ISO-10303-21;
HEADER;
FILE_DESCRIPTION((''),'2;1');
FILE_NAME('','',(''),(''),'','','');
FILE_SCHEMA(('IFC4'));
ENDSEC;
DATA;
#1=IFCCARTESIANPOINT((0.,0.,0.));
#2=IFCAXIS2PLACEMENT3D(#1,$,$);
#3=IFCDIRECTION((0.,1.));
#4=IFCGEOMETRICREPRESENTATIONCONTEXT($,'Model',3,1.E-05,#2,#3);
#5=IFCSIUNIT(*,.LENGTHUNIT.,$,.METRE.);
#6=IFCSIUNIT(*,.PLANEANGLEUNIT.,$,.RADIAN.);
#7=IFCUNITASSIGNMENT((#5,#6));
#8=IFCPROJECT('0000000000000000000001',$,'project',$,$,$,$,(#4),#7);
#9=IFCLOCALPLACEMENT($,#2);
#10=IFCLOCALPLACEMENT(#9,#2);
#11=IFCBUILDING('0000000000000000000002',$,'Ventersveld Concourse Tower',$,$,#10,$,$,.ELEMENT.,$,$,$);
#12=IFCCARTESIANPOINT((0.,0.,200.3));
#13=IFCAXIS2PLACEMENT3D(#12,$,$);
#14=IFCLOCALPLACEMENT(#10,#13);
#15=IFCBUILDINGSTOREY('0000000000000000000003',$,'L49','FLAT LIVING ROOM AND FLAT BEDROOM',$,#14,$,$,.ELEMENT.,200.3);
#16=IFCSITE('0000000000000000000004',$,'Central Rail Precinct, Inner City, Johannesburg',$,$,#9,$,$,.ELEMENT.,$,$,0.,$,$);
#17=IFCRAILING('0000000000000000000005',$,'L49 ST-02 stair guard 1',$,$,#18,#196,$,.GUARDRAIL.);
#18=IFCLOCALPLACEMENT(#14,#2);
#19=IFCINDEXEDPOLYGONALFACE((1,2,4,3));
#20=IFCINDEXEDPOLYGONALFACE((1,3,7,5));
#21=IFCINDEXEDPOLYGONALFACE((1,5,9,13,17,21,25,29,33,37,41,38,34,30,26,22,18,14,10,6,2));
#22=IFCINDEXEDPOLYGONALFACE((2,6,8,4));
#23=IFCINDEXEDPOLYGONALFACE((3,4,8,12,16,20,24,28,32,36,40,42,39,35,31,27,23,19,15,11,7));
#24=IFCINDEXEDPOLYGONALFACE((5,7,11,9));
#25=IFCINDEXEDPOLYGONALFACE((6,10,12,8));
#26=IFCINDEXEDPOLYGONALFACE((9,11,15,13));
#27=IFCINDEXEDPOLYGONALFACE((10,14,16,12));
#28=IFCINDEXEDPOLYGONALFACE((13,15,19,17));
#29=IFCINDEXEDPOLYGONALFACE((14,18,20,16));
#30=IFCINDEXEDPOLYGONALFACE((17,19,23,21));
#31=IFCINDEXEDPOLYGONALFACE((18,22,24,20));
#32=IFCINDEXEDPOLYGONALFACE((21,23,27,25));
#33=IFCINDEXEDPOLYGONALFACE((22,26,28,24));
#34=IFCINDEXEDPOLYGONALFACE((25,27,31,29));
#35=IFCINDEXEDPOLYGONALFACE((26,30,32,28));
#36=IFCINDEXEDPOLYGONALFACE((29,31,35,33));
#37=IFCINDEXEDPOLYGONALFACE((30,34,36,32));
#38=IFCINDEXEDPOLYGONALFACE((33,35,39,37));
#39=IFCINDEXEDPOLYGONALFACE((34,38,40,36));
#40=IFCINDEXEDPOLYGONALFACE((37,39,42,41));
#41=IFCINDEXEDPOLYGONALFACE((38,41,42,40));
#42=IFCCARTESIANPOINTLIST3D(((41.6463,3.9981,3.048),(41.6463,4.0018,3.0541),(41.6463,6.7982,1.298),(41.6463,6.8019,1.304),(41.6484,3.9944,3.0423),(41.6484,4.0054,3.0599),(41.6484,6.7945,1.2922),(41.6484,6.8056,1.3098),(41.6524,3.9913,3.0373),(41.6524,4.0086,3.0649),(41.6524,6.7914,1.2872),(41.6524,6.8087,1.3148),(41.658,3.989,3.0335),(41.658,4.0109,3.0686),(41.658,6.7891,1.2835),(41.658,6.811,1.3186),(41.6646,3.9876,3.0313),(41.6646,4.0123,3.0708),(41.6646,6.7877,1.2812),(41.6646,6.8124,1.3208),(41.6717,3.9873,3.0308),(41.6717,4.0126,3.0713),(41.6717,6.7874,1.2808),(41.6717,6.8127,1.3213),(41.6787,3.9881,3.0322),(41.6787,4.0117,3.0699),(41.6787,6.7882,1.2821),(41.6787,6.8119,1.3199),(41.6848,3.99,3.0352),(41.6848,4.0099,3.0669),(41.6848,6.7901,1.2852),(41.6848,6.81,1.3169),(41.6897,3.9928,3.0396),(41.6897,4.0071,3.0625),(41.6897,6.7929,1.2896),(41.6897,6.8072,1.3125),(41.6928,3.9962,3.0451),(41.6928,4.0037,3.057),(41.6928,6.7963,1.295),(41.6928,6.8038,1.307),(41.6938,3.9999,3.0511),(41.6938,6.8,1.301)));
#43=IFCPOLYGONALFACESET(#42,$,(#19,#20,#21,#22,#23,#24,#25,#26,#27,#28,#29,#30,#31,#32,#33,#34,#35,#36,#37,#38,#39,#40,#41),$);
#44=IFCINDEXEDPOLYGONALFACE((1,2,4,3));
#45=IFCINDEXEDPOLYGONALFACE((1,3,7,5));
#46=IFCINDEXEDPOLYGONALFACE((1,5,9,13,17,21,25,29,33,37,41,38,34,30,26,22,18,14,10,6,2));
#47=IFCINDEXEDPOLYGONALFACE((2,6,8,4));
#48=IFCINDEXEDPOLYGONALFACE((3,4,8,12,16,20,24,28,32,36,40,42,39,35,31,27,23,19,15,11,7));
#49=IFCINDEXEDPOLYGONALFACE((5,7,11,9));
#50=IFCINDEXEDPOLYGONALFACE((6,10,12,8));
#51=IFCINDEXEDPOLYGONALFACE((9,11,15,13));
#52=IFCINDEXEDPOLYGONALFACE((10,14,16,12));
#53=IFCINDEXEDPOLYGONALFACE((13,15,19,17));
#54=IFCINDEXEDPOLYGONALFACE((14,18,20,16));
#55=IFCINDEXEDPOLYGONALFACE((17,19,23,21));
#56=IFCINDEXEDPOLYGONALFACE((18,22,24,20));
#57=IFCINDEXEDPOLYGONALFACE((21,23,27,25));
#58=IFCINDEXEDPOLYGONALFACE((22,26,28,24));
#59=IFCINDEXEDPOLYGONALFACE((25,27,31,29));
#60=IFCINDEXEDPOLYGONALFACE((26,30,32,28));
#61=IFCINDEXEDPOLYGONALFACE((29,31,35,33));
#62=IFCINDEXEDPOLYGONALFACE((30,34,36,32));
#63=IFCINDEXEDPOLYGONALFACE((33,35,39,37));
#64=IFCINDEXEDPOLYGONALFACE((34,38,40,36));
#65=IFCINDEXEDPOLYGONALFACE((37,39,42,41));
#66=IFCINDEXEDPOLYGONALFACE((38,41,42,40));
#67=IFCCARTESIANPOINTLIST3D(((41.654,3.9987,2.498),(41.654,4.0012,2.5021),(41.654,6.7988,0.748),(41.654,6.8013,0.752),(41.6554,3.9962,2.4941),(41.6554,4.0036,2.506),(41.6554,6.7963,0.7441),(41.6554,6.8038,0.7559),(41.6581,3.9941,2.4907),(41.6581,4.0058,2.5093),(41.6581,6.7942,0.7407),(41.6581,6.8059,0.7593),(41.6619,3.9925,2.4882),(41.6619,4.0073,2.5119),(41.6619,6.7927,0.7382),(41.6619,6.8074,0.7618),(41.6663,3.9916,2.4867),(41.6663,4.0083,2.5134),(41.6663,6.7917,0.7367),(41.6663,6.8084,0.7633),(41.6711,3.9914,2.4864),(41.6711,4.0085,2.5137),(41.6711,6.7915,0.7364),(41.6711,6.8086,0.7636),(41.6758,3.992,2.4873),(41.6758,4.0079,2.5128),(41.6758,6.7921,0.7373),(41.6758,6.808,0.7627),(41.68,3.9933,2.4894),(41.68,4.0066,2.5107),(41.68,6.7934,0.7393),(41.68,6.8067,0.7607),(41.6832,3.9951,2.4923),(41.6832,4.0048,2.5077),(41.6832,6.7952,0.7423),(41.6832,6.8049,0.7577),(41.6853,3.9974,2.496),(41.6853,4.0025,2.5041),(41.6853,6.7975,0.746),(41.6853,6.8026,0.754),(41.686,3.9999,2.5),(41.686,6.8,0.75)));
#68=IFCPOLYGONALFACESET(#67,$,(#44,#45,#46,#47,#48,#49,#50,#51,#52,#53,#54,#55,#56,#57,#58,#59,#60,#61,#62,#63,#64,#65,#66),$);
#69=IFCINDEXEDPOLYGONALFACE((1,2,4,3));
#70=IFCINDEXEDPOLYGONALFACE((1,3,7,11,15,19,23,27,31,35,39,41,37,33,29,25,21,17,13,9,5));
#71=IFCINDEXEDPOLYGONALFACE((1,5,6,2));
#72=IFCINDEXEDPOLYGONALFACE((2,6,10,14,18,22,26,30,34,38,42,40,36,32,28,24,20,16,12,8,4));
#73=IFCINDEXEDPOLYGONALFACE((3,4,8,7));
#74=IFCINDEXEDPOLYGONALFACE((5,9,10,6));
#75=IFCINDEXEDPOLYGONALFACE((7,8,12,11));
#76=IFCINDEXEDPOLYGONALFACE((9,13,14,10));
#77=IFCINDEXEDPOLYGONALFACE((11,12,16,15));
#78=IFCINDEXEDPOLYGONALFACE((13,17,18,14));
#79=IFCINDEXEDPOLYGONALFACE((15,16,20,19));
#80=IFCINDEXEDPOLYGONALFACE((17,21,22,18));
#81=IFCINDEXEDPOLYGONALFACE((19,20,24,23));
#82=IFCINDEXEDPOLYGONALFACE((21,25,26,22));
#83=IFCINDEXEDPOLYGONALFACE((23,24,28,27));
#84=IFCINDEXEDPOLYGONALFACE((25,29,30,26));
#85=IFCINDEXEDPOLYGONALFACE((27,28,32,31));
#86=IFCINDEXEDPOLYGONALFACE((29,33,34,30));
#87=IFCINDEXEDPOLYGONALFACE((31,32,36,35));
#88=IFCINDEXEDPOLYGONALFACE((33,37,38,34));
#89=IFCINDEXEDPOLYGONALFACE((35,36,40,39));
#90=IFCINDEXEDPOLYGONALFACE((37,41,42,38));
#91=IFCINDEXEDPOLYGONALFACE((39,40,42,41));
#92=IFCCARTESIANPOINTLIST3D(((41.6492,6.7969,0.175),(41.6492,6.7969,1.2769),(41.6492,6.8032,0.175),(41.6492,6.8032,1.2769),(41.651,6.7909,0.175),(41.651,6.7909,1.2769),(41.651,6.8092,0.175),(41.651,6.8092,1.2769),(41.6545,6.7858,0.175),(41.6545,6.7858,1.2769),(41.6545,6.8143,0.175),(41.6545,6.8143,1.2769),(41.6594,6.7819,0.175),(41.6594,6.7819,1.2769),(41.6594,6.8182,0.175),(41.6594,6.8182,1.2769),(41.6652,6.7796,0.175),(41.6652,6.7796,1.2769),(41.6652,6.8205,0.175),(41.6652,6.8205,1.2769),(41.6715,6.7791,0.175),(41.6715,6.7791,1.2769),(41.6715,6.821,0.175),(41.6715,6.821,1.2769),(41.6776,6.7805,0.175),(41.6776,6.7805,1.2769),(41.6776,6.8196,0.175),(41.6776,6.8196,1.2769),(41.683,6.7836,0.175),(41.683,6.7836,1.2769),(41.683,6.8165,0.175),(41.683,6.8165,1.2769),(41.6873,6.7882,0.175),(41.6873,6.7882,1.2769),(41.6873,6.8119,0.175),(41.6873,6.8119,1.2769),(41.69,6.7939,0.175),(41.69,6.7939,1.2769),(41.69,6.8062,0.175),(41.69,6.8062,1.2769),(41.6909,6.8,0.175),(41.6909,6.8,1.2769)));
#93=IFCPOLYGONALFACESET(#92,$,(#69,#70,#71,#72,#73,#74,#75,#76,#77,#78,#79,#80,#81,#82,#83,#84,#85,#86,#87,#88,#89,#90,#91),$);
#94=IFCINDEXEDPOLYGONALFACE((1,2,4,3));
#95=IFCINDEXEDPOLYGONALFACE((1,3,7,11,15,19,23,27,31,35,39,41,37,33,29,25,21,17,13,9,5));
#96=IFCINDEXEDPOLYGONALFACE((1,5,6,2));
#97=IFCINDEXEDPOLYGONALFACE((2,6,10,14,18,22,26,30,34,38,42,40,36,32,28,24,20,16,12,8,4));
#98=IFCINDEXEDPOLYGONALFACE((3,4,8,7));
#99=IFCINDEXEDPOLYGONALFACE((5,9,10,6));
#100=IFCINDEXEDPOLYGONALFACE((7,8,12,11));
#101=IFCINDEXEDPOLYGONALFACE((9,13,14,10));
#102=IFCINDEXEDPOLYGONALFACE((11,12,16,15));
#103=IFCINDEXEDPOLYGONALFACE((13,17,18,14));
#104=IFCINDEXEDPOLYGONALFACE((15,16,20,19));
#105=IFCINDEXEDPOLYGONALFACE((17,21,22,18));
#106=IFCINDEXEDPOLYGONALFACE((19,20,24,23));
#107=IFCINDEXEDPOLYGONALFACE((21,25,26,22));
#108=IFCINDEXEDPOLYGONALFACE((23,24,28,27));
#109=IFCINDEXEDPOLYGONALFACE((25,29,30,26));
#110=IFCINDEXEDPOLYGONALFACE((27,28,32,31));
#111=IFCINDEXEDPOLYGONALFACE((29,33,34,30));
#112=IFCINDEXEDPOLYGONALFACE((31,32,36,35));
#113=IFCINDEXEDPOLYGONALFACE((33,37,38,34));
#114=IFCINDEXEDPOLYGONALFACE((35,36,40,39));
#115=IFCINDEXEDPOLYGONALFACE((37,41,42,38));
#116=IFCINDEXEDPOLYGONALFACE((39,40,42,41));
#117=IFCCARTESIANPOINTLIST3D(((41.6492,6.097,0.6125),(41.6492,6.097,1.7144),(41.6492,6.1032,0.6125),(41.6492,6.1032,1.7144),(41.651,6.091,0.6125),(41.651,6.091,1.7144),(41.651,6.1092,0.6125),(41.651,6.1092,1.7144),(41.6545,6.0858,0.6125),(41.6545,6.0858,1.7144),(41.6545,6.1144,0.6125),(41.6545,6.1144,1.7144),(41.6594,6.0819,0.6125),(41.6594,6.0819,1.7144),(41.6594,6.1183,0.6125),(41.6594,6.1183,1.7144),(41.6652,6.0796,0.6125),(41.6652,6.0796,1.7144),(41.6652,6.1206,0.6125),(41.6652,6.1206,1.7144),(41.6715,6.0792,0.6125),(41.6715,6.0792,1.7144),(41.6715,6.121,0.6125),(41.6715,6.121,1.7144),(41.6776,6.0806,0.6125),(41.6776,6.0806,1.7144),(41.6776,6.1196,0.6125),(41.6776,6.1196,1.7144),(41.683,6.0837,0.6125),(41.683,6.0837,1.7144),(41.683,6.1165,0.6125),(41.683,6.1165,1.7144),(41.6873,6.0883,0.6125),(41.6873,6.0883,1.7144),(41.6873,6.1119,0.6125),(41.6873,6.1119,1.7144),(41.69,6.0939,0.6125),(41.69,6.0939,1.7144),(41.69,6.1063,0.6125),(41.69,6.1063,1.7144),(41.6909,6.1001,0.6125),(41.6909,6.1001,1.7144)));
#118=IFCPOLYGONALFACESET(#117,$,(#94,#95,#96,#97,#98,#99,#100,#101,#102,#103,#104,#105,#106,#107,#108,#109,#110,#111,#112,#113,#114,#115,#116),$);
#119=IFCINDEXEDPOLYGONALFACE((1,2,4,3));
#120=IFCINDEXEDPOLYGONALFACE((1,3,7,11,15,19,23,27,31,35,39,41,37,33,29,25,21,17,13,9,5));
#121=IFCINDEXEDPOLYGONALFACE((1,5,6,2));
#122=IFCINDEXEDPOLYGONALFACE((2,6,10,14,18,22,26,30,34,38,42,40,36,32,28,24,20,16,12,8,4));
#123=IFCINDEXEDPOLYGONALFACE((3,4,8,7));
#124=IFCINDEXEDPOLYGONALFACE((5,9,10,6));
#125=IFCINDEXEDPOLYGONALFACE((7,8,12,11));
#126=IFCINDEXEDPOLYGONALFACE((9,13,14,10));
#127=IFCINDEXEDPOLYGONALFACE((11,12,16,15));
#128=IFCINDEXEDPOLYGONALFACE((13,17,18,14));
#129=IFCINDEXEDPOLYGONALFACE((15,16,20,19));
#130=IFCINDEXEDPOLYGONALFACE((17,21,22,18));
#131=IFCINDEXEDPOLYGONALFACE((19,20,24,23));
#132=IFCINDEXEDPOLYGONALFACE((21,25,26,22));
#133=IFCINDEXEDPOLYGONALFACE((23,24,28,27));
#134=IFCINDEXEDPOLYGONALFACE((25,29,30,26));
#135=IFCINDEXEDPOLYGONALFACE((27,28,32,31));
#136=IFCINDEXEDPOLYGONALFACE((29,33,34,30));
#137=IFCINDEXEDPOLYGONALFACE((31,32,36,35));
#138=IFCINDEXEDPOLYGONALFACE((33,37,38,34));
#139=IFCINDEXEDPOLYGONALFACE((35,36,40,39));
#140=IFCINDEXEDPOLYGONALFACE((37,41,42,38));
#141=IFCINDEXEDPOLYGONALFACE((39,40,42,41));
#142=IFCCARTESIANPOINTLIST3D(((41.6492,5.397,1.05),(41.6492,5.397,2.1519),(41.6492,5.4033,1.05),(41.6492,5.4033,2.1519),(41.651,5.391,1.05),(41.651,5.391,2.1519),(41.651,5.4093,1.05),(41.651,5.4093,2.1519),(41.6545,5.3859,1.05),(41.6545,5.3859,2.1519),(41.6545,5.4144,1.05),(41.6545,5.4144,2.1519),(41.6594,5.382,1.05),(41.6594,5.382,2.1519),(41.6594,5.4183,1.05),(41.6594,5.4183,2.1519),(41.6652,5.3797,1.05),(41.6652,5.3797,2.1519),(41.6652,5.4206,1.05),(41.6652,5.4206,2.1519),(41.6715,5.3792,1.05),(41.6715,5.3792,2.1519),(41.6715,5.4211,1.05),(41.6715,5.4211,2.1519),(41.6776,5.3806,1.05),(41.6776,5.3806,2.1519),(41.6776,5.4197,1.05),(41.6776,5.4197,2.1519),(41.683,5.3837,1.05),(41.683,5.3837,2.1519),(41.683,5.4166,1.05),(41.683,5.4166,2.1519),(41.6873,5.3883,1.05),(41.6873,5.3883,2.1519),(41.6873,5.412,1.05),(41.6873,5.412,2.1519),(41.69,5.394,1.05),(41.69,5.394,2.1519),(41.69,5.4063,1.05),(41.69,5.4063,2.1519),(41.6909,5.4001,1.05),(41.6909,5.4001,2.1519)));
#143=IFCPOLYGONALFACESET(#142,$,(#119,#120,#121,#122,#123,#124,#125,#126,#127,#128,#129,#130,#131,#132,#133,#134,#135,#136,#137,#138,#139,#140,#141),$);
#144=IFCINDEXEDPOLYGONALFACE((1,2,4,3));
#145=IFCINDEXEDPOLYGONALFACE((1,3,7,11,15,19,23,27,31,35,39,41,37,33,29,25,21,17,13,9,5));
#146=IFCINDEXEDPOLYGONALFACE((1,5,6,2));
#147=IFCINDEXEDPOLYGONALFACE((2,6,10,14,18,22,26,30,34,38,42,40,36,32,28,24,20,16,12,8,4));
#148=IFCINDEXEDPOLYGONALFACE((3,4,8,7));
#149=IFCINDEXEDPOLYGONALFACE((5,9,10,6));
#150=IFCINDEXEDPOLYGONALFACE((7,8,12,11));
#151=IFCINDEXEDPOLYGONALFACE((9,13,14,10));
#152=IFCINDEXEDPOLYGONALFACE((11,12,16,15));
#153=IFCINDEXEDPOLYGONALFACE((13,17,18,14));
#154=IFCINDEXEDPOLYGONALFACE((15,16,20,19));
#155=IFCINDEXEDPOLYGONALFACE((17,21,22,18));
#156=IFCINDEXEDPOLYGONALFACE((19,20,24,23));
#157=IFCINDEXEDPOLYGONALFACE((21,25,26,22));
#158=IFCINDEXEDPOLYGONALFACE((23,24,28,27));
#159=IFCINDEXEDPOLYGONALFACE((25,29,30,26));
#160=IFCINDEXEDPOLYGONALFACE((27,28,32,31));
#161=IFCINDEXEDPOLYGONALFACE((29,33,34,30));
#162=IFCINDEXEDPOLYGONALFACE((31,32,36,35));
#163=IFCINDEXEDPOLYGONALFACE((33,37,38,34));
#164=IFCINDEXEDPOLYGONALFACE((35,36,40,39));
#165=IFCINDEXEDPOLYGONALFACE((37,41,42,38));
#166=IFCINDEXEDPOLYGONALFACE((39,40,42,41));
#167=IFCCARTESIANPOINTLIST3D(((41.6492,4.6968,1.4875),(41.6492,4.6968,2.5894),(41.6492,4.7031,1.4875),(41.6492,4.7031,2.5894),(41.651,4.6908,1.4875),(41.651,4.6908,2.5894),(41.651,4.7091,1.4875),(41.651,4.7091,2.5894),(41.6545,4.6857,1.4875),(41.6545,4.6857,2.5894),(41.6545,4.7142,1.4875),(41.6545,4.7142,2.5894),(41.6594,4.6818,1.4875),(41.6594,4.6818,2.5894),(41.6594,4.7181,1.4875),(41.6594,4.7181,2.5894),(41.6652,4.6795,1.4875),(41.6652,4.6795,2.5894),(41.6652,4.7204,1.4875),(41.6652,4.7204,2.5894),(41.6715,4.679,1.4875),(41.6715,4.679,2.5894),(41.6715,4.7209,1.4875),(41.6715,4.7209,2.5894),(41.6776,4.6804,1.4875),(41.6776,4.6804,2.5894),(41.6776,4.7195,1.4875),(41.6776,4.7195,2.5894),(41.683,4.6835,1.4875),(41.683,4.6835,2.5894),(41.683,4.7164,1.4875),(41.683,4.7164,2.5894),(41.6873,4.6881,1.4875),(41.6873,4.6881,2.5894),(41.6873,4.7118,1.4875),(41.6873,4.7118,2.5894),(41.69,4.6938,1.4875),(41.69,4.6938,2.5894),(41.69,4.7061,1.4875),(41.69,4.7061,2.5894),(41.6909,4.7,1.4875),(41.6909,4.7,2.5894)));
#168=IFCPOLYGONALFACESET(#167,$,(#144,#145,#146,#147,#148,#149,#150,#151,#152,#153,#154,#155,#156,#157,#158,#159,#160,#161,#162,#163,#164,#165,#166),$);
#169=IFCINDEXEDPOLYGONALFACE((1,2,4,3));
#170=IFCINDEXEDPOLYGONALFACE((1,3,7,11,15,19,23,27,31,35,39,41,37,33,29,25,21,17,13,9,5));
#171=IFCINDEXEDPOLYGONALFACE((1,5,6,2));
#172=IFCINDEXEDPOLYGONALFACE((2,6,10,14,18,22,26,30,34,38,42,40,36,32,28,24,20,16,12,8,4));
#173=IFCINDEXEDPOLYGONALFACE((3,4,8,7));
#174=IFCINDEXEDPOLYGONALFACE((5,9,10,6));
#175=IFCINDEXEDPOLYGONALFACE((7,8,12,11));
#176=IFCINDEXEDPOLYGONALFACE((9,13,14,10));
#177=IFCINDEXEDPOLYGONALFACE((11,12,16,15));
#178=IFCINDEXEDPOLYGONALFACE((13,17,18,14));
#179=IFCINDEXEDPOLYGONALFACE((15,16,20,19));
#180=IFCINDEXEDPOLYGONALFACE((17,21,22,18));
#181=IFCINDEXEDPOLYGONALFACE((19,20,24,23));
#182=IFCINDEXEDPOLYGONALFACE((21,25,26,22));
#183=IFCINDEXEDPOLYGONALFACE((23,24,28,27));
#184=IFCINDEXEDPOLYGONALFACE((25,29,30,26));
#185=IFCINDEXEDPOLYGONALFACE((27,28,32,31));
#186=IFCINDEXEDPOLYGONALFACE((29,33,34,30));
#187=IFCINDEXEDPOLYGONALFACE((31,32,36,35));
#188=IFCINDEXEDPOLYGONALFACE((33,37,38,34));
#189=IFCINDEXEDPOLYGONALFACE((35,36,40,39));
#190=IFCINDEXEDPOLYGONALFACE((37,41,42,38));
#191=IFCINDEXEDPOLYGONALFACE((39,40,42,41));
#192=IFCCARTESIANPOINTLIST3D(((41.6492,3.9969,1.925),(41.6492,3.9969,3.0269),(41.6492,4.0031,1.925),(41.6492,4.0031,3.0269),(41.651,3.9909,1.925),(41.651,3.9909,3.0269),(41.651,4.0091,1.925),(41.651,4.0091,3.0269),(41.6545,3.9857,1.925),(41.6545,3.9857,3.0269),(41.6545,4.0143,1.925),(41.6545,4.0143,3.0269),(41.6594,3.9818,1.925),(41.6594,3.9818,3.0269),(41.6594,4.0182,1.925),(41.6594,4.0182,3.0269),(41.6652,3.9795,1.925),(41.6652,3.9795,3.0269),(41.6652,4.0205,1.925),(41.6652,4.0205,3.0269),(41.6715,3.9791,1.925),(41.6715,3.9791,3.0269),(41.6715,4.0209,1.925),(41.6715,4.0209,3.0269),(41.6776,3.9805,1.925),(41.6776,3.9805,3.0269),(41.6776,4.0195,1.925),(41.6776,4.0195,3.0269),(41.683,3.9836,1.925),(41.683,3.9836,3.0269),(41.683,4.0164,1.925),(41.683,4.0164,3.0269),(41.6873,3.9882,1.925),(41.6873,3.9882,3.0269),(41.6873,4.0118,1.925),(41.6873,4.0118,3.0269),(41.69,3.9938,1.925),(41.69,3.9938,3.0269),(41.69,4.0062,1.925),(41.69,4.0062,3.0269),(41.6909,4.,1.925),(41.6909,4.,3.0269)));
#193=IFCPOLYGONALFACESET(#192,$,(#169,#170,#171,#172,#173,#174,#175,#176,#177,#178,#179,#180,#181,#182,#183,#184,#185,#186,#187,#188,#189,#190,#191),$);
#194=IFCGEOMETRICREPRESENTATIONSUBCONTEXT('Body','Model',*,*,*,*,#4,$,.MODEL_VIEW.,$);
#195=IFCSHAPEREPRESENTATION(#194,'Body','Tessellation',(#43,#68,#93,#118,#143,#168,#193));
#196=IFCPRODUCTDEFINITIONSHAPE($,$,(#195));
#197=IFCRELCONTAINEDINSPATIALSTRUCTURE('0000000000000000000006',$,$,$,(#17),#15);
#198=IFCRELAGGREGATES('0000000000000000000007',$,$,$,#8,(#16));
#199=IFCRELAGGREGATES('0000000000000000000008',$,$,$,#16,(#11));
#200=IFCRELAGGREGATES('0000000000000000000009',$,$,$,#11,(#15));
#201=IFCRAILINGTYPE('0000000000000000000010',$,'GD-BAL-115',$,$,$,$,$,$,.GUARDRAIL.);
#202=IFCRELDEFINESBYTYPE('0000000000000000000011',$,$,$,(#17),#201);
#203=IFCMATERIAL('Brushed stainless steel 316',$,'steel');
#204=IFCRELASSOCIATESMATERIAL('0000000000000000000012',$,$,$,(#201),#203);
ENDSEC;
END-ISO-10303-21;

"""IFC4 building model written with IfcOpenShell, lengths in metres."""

from ifc_helpers import new_model, si_unit, direction, frame, origin, origin_2d, place, context, subcontext, project, spatial, circle, extrude, material, type_object, element, save


model = new_model("IFC4")

# Units and contexts
model_context = context("Model", 3, precision=1e-05, world=origin(), true_north=direction((0.0, 1.0)))
body_context = subcontext(model_context, "Body", "Model", "MODEL_VIEW")
ifc_project = project(units=[si_unit("LENGTHUNIT", "METRE"), si_unit("PLANEANGLEUNIT", "RADIAN")], contexts=[model_context])

# Site, building, storey
site_placement = place(None, origin())
site = spatial("IfcSite", under=ifc_project, at=site_placement, Name="Central Rail Precinct, Inner City, Johannesburg", CompositionType="ELEMENT", RefElevation=0.0)
building_placement = place(site_placement, origin())
building = spatial("IfcBuilding", under=site, at=building_placement, Name="Ventersveld Concourse Tower", CompositionType="ELEMENT")
storey_placement = place(building_placement, frame((0.0, 0.0, 200.3)))
storey = spatial("IfcBuildingStorey", under=building, at=storey_placement, Name="L49", Description="FLAT LIVING ROOM AND FLAT BEDROOM", CompositionType="ELEMENT", Elevation=200.3)

# Railing
ifc_material_1 = material(Name="Brushed stainless steel 316", Category="steel")
railing_type_1 = type_object("IfcRailingType", Name="GD-BAL-115", PredefinedType="GUARDRAIL", material=ifc_material_1)
railing_1_placement = place(storey_placement, frame((41.6699, 6.8, 0.175)))
element("IfcRailing", 1, at=railing_1_placement, inside=storey, type_object=railing_type_1, Name="L49 ST-02 stair guard 1", PredefinedType="GUARDRAIL", context=body_context, shape_type="SweptSolid", body=[
    extrude(circle(Radius=0.0239, at=origin_2d()), frame((0.0, 0.0, 1.126), z_axis=(0.0, -0.848002, 0.529992), x_axis=(1.0, 0.0, 0.0)), (0.0, 0.0, 1.0), 3.302),
    extrude(circle(Radius=0.0161, at=origin_2d()), frame((0.0, 0.0, 0.575), z_axis=(0.0, -0.848002, 0.529992), x_axis=(1.0, 0.0, 0.0)), (0.0, 0.0, 1.0), 3.302),
    extrude(circle(Radius=0.021, at=origin_2d()), origin(), (0.0, 0.0, 1.0), 1.1018),
    extrude(circle(Radius=0.021, at=origin_2d()), frame((0.0, -0.7, 0.4375)), (0.0, 0.0, 1.0), 1.1018),
    extrude(circle(Radius=0.021, at=origin_2d()), frame((0.0, -1.3999, 0.875)), (0.0, 0.0, 1.0), 1.1018),
    extrude(circle(Radius=0.021, at=origin_2d()), frame((0.0, -2.1001, 1.3125)), (0.0, 0.0, 1.0), 1.1018),
    extrude(circle(Radius=0.021, at=origin_2d()), frame((0.0, -2.8, 1.75)), (0.0, 0.0, 1.0), 1.1018),
])

save(model, "model.ifc")
